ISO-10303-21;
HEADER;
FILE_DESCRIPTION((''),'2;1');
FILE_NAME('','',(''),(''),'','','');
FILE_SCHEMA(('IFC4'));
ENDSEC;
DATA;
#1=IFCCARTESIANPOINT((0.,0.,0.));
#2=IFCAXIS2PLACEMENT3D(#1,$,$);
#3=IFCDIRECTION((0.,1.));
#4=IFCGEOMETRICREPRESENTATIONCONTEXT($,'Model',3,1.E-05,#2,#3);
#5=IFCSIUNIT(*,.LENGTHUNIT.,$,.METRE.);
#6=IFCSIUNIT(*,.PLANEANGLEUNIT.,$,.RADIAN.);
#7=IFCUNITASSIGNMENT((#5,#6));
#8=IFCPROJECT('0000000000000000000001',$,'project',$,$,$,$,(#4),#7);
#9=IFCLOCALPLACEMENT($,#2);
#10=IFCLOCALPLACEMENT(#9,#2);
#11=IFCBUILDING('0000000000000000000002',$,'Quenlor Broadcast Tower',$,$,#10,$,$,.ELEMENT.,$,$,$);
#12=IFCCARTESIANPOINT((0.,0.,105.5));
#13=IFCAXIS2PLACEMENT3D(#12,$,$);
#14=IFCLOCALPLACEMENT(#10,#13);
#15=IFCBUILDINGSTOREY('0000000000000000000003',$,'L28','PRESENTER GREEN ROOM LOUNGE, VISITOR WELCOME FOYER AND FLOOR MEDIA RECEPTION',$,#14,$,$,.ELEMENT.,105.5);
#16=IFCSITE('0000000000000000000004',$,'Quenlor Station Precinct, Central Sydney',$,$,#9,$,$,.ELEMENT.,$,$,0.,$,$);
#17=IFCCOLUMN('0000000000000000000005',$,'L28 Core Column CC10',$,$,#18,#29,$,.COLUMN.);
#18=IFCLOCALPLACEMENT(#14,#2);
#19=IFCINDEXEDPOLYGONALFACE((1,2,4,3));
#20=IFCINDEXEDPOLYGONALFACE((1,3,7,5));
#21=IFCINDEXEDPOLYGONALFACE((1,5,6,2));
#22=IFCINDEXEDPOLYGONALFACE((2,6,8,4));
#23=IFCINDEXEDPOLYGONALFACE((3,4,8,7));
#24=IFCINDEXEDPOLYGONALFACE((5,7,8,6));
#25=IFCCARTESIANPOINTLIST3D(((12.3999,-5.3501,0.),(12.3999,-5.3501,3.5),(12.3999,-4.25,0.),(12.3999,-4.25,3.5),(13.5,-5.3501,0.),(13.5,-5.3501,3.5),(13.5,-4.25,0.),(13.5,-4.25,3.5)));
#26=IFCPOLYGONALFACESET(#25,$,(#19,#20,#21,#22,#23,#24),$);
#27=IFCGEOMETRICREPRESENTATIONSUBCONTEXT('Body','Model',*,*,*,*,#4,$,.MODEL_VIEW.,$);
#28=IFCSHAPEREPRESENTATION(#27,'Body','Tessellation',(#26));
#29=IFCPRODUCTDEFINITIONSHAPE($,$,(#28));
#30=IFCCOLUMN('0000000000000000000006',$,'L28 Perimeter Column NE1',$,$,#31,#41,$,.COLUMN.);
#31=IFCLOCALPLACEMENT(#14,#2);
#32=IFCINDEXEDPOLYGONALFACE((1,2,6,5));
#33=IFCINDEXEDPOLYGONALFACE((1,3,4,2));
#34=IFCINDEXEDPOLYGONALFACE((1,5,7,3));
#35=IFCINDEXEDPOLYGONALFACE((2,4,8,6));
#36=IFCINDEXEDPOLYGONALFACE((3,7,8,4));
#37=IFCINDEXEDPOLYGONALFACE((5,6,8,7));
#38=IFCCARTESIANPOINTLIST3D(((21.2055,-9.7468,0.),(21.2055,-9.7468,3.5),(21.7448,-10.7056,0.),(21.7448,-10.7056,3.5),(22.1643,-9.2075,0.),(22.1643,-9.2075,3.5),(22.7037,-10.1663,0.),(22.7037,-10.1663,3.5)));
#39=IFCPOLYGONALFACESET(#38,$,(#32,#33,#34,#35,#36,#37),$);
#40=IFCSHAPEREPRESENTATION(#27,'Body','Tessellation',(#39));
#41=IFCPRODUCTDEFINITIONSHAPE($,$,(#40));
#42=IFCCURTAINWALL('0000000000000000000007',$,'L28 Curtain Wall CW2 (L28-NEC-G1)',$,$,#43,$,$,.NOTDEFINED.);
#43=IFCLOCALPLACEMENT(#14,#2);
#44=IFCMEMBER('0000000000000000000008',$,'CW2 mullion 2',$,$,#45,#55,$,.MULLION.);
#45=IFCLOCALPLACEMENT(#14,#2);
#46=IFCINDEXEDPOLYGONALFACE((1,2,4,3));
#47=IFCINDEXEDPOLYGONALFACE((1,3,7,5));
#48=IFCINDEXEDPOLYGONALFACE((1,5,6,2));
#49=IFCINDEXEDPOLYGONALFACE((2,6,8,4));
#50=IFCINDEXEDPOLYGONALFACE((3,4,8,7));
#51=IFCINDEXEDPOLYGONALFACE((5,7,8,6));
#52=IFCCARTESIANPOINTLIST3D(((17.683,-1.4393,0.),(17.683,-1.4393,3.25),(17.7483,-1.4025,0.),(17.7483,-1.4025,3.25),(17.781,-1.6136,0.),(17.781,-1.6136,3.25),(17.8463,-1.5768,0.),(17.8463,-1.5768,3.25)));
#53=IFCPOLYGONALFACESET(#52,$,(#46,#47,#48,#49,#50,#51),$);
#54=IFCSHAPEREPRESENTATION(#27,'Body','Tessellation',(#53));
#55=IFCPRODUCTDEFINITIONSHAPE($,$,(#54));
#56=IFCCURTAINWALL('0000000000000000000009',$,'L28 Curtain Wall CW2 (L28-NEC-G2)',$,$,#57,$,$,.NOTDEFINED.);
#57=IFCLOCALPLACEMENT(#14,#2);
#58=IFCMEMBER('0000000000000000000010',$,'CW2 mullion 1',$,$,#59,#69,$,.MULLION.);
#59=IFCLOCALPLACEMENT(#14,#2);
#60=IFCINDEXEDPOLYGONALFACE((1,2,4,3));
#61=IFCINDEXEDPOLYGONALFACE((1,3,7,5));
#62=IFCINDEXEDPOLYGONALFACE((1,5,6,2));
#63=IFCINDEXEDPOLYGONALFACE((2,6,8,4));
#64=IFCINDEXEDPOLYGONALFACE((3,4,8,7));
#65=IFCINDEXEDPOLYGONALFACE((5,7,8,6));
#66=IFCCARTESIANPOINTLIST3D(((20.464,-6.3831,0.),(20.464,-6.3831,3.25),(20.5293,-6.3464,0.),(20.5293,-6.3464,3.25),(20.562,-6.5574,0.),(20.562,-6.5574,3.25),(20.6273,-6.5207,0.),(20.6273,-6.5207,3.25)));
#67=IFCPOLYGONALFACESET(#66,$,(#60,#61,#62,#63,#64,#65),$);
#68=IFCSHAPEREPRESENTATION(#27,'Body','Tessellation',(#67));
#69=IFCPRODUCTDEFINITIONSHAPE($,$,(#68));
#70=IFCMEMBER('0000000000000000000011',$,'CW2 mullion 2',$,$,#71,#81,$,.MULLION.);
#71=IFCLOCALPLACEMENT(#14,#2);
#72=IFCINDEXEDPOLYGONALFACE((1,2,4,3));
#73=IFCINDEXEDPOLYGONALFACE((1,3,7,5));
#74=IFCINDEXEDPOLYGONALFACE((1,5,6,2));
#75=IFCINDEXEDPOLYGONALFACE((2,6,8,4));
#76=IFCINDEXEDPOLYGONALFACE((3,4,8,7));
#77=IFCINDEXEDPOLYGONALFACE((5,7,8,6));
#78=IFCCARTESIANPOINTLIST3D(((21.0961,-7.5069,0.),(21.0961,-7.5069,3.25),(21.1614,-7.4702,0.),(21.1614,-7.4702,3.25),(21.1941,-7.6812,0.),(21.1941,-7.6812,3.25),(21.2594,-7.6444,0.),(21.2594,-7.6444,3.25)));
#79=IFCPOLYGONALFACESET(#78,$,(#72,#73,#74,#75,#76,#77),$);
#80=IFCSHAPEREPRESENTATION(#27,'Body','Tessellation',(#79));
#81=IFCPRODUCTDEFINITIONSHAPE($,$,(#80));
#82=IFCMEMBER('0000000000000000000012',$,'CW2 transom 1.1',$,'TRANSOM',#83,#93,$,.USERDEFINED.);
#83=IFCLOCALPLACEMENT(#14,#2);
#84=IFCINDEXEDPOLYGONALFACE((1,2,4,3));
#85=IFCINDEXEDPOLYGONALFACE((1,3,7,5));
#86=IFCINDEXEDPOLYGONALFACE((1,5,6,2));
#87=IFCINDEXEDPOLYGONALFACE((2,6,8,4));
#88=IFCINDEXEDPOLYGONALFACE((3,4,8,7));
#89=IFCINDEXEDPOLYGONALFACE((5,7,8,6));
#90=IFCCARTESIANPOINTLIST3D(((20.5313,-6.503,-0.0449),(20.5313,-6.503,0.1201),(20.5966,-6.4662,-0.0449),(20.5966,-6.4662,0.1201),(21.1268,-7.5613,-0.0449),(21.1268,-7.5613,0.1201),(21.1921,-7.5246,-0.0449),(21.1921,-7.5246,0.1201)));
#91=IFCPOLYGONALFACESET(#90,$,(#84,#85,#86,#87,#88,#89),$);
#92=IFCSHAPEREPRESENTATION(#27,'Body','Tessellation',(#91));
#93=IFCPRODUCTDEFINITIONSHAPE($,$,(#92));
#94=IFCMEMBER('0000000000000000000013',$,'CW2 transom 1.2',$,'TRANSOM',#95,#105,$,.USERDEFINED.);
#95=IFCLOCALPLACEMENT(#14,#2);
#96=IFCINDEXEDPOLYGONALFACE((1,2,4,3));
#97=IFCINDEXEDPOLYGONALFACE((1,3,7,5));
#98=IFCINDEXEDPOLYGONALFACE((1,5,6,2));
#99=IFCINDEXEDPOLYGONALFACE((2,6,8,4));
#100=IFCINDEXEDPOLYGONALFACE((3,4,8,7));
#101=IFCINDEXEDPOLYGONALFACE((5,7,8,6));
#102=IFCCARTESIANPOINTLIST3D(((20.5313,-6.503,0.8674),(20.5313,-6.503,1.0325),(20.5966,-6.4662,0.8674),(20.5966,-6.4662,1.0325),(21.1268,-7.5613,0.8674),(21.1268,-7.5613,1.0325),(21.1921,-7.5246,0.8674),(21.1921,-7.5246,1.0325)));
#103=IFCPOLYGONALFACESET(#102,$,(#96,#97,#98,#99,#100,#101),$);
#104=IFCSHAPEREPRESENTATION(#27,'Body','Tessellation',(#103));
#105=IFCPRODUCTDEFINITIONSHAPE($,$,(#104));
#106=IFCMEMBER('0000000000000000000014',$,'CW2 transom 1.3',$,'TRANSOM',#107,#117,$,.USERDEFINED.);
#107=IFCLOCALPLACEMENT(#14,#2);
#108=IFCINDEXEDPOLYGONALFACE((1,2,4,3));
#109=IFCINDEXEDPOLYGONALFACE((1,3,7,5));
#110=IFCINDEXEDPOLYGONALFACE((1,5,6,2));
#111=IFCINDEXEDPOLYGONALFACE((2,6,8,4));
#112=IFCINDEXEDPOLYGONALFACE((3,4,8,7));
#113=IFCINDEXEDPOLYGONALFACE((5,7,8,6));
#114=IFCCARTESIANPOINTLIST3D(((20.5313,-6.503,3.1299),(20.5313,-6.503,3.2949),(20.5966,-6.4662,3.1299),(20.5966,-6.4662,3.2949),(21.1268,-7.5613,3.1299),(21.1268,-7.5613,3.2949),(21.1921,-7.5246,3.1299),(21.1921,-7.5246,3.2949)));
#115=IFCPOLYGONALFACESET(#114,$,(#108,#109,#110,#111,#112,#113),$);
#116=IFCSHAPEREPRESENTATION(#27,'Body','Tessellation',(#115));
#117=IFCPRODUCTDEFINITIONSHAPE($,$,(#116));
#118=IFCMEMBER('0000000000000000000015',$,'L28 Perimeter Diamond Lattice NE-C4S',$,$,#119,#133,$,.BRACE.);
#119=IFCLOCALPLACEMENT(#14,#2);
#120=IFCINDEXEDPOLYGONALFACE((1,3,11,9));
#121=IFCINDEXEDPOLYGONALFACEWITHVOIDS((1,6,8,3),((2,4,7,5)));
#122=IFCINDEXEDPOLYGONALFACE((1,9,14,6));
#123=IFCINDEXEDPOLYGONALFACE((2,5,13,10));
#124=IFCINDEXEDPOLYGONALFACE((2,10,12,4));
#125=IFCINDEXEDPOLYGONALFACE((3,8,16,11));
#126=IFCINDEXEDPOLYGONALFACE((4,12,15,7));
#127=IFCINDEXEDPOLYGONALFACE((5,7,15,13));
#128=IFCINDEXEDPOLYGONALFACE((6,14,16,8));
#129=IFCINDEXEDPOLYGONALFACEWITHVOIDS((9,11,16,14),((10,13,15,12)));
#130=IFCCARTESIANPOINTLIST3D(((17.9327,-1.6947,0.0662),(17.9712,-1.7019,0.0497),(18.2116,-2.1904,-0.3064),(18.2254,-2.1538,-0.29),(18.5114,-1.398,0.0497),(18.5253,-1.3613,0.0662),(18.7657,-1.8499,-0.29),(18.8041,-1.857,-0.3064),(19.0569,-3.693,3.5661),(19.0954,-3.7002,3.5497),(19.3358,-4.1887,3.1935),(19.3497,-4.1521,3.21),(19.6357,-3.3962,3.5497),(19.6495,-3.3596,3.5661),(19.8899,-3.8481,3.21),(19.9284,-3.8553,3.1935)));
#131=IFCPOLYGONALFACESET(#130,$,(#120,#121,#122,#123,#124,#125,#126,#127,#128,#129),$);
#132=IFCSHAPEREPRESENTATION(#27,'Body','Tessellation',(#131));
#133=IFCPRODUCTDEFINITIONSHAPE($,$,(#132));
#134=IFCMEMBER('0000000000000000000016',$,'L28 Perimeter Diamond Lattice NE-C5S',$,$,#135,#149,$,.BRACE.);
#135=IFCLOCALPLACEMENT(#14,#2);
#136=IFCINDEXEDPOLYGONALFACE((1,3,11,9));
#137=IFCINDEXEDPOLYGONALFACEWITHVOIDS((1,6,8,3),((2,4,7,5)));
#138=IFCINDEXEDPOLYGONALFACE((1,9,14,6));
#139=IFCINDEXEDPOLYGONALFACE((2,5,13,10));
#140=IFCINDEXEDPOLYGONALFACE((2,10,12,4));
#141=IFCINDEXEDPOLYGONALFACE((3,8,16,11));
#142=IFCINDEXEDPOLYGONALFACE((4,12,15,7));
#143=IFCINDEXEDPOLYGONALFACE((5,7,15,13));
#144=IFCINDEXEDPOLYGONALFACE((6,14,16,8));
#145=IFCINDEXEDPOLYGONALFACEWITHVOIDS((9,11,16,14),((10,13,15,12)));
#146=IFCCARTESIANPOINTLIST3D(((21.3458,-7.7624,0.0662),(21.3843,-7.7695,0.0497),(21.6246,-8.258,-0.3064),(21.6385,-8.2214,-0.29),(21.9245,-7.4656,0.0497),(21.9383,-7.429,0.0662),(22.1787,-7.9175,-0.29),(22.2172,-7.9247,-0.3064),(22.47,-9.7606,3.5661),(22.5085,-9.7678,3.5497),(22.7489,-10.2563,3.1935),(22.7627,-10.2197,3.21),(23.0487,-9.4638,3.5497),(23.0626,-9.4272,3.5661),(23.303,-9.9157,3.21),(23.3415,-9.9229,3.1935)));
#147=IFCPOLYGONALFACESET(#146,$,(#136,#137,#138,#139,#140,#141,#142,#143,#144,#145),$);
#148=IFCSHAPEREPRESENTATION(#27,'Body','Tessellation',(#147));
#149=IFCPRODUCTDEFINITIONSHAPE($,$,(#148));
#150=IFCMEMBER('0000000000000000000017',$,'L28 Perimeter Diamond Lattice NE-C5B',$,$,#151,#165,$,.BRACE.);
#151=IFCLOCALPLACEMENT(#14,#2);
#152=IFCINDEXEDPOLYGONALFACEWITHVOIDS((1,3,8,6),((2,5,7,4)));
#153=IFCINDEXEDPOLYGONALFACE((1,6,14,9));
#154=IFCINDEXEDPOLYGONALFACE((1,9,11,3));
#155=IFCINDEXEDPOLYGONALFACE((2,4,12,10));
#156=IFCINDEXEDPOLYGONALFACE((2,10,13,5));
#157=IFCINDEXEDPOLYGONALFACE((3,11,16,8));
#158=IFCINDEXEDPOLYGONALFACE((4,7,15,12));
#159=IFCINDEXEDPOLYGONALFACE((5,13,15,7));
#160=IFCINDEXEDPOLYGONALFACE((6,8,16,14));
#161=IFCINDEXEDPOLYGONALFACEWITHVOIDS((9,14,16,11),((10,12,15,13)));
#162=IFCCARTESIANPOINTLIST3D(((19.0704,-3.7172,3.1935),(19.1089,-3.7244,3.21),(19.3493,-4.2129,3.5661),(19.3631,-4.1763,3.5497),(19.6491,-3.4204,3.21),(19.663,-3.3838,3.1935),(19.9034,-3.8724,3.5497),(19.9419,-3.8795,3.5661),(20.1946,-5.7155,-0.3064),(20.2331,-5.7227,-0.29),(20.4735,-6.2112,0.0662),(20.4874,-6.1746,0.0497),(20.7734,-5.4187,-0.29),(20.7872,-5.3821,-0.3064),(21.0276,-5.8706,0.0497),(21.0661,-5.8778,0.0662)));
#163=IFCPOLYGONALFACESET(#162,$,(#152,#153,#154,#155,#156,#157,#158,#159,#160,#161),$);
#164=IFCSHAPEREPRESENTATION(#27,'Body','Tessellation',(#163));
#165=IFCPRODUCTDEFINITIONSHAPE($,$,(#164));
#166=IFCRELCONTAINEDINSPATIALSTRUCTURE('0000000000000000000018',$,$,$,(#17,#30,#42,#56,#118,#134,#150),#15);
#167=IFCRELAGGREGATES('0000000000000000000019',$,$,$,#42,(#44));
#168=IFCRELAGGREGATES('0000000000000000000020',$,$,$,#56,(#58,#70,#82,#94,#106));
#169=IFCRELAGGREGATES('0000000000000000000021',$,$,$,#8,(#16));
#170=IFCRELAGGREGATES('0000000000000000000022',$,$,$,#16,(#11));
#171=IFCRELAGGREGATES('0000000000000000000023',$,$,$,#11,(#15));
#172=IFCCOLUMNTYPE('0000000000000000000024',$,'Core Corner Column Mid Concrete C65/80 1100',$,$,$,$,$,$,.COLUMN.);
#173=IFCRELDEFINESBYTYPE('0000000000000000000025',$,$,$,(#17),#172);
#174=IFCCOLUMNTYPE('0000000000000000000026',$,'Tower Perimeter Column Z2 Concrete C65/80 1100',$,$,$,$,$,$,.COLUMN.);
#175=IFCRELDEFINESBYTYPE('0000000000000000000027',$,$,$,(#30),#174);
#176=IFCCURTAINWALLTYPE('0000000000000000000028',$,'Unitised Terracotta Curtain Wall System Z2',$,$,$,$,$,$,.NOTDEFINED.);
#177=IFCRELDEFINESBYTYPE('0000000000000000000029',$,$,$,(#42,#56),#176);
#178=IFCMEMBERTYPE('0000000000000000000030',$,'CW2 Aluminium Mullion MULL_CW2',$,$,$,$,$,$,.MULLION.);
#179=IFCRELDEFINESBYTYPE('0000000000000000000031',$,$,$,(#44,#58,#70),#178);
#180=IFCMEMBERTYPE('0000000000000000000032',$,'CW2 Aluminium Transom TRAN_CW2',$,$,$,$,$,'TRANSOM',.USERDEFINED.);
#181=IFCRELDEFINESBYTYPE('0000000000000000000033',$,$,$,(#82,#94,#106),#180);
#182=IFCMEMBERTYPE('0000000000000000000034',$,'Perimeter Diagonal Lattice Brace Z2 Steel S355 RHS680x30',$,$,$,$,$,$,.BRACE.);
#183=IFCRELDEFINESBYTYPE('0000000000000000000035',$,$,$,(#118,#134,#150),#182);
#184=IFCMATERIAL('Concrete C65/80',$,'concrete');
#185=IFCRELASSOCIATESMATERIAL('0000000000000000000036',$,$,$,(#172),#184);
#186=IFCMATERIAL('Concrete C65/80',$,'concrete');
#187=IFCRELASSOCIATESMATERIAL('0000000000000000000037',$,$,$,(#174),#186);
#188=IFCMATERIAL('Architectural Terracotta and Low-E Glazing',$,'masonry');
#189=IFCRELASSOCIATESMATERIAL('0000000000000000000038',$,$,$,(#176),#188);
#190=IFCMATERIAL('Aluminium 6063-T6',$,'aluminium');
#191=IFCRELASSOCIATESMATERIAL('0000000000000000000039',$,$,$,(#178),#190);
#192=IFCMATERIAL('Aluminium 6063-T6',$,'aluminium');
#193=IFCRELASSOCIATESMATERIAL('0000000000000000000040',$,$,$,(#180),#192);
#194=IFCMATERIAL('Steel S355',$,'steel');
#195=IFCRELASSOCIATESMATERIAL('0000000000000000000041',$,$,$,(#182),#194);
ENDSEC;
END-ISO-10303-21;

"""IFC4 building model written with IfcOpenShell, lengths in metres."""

from ifc_helpers import new_model, si_unit, direction, frame, origin, origin_2d, place, context, subcontext, project, spatial, rectangle, hollow_rectangle, extrude, material, material_profile, profile_set, type_object, element, aggregate, save


model = new_model("IFC4")

# Units and contexts
model_context = context("Model", 3, precision=1e-05, world=origin(), true_north=direction((0.0, 1.0)))
body_context = subcontext(model_context, "Body", "Model", "MODEL_VIEW")
ifc_project = project(units=[si_unit("LENGTHUNIT", "METRE"), si_unit("PLANEANGLEUNIT", "RADIAN")], contexts=[model_context])

# Site, building, storey
site_placement = place(None, origin())
site = spatial("IfcSite", under=ifc_project, at=site_placement, Name="Quenlor Station Precinct, Central Sydney", CompositionType="ELEMENT", RefElevation=0.0)
building_placement = place(site_placement, origin())
building = spatial("IfcBuilding", under=site, at=building_placement, Name="Quenlor Broadcast Tower", CompositionType="ELEMENT")
storey_placement = place(building_placement, frame((0.0, 0.0, 105.5)))
storey = spatial("IfcBuildingStorey", under=building, at=storey_placement, Name="L28", Description="PRESENTER GREEN ROOM LOUNGE, VISITOR WELCOME FOYER AND FLOOR MEDIA RECEPTION", CompositionType="ELEMENT", Elevation=105.5)

# Columns
ifc_material_1 = material(Name="Concrete C65/80", Category="concrete")
ifc_material_profile_1 = material_profile(ifc_material_1, rectangle(XDim=1.1001, YDim=1.1001, at=origin_2d()))
ifc_profile_set_1 = profile_set([ifc_material_profile_1], Name="Concrete C65/80 RC1100x1100")
column_type_1 = type_object("IfcColumnType", Name="Core Corner Column Mid Concrete C65/80 1100", PredefinedType="COLUMN", material=ifc_profile_set_1)
column_1_placement = place(storey_placement, frame((12.95, -4.8, 0.0), z_axis=(0.0, 0.0, 1.0), x_axis=(1.0, 0.0, 0.0)))
element("IfcColumn", 1, at=column_1_placement, inside=storey, type_object=column_type_1, Name="L28 Core Column CC10", PredefinedType="COLUMN", context=body_context, shape_type="SweptSolid", body=[
    extrude(rectangle(XDim=1.1001, YDim=1.1001, at=origin_2d()), origin(), (0.0, 0.0, 1.0), 3.5),
])
ifc_material_2 = material(Name="Concrete C65/80", Category="concrete")
ifc_material_profile_2 = material_profile(ifc_material_2, rectangle(XDim=1.1001, YDim=1.1001, at=origin_2d()))
ifc_profile_set_2 = profile_set([ifc_material_profile_2], Name="Concrete C65/80 RC1100x1100")
column_type_2 = type_object("IfcColumnType", Name="Tower Perimeter Column Z2 Concrete C65/80 1100", PredefinedType="COLUMN", material=ifc_profile_set_2)
column_2_placement = place(storey_placement, frame((21.9546, -9.9565, 0.0), z_axis=(0.0, 0.0, 1.0), x_axis=(0.871575, 0.490262, 0.0)))
element("IfcColumn", 2, at=column_2_placement, inside=storey, type_object=column_type_2, Name="L28 Perimeter Column NE1", PredefinedType="COLUMN", context=body_context, shape_type="SweptSolid", body=[
    extrude(rectangle(XDim=1.1001, YDim=1.1001, at=origin_2d()), origin(), (0.0, 0.0, 1.0), 3.5),
])

# Curtain wall, member
ifc_material_3 = material(Name="Architectural Terracotta and Low-E Glazing", Category="masonry")
curtain_wall_type = type_object("IfcCurtainWallType", Name="Unitised Terracotta Curtain Wall System Z2", PredefinedType="NOTDEFINED", material=ifc_material_3)
curtain_wall_1_placement = place(storey_placement, origin())
curtain_wall_1 = element("IfcCurtainWall", 3, at=curtain_wall_1_placement, inside=storey, type_object=curtain_wall_type, Name="L28 Curtain Wall CW2 (L28-NEC-G1)", PredefinedType="NOTDEFINED")
ifc_material_4 = material(Name="Aluminium 6063-T6", Category="aluminium")
ifc_material_profile_3 = material_profile(ifc_material_4, rectangle(XDim=0.075, YDim=0.2, at=origin_2d()))
ifc_profile_set_3 = profile_set([ifc_material_profile_3], Name="Aluminium 6063-T6 MULL75x200")
member_type_1 = type_object("IfcMemberType", Name="CW2 Aluminium Mullion MULL_CW2", PredefinedType="MULLION", material=ifc_profile_set_3)
member_1_placement = place(storey_placement, frame((17.7646, -1.5081, 0.0), z_axis=(0.0, 0.0, 1.0), x_axis=(0.871581, 0.490252, 0.0)))
member_1 = element("IfcMember", 4, at=member_1_placement, type_object=member_type_1, Name="CW2 mullion 2", PredefinedType="MULLION", context=body_context, shape_type="SweptSolid", body=[
    extrude(rectangle(XDim=0.075, YDim=0.2, at=origin_2d()), origin(), (0.0, 0.0, 1.0), 3.25),
])
aggregate(curtain_wall_1, [member_1])

# Curtain wall, members
curtain_wall_2_placement = place(storey_placement, origin())
curtain_wall_2 = element("IfcCurtainWall", 5, at=curtain_wall_2_placement, inside=storey, type_object=curtain_wall_type, Name="L28 Curtain Wall CW2 (L28-NEC-G2)", PredefinedType="NOTDEFINED")
member_2_placement = place(storey_placement, frame((20.5457, -6.4519, 0.0), z_axis=(0.0, 0.0, 1.0), x_axis=(0.871566, 0.490279, 0.0)))
member_2 = element("IfcMember", 6, at=member_2_placement, type_object=member_type_1, Name="CW2 mullion 1", PredefinedType="MULLION", context=body_context, shape_type="SweptSolid", body=[
    extrude(rectangle(XDim=0.075, YDim=0.2, at=origin_2d()), origin(), (0.0, 0.0, 1.0), 3.25),
])
member_3_placement = place(storey_placement, frame((21.1777, -7.5757, 0.0), z_axis=(0.0, 0.0, 1.0), x_axis=(0.871566, 0.490279, 0.0)))
member_3 = element("IfcMember", 7, at=member_3_placement, type_object=member_type_1, Name="CW2 mullion 2", PredefinedType="MULLION", context=body_context, shape_type="SweptSolid", body=[
    extrude(rectangle(XDim=0.075, YDim=0.2, at=origin_2d()), origin(), (0.0, 0.0, 1.0), 3.25),
])
ifc_material_5 = material(Name="Aluminium 6063-T6", Category="aluminium")
ifc_material_profile_4 = material_profile(ifc_material_5, rectangle(XDim=0.075, YDim=0.165, at=origin_2d()))
ifc_profile_set_4 = profile_set([ifc_material_profile_4], Name="Aluminium 6063-T6 TRAN75x165")
member_type_2 = type_object("IfcMemberType", Name="CW2 Aluminium Transom TRAN_CW2", ElementType="TRANSOM", PredefinedType="USERDEFINED", material=ifc_profile_set_4)
member_4_placement = place(storey_placement, frame((20.564, -6.4846, 0.0376), z_axis=(0.490347, -0.871527, 0.0), x_axis=(0.871527, 0.490347, 0.0)))
member_4 = element("IfcMember", 8, at=member_4_placement, type_object=member_type_2, Name="CW2 transom 1.1", ObjectType="TRANSOM", PredefinedType="USERDEFINED", context=body_context, shape_type="SweptSolid", body=[
    extrude(rectangle(XDim=0.075, YDim=0.165, at=origin_2d()), origin(), (0.0, 0.0, 1.0), 1.2144),
])
member_5_placement = place(storey_placement, frame((20.564, -6.4846, 0.95), z_axis=(0.490347, -0.871527, 0.0), x_axis=(0.871527, 0.490347, 0.0)))
member_5 = element("IfcMember", 9, at=member_5_placement, type_object=member_type_2, Name="CW2 transom 1.2", ObjectType="TRANSOM", PredefinedType="USERDEFINED", context=body_context, shape_type="SweptSolid", body=[
    extrude(rectangle(XDim=0.075, YDim=0.165, at=origin_2d()), origin(), (0.0, 0.0, 1.0), 1.2144),
])
member_6_placement = place(storey_placement, frame((20.564, -6.4846, 3.2124), z_axis=(0.490347, -0.871527, 0.0), x_axis=(0.871527, 0.490347, 0.0)))
member_6 = element("IfcMember", 10, at=member_6_placement, type_object=member_type_2, Name="CW2 transom 1.3", ObjectType="TRANSOM", PredefinedType="USERDEFINED", context=body_context, shape_type="SweptSolid", body=[
    extrude(rectangle(XDim=0.075, YDim=0.165, at=origin_2d()), origin(), (0.0, 0.0, 1.0), 1.2144),
])

# Members
ifc_material_6 = material(Name="Steel S355", Category="steel")
ifc_material_profile_5 = material_profile(ifc_material_6, hollow_rectangle(XDim=0.6799, YDim=0.6799, WallThickness=0.03, at=origin_2d()))
ifc_profile_set_5 = profile_set([ifc_material_profile_5], Name="Steel S355 RHS680x680x30")
member_type_3 = type_object("IfcMemberType", Name="Perimeter Diagonal Lattice Brace Z2 Steel S355 RHS680x30", PredefinedType="BRACE", material=ifc_profile_set_5)
for number, where, z_axis, x_axis, name in (
    (11, (18.3684, -1.7759, -0.1201), (0.268697, -0.477585, 0.836489), (0.871533, 0.490337, 0.0), "L28 Perimeter Diamond Lattice NE-C4S"),
    (12, (21.7815, -7.8435, -0.1201), (0.268697, -0.477585, 0.836489), (0.871533, 0.490337, 0.0), "L28 Perimeter Diamond Lattice NE-C5S"),
    (13, (20.6304, -5.7966, -0.1201), (-0.268697, 0.477585, 0.836489), (-0.871533, -0.490337, 0.0), "L28 Perimeter Diamond Lattice NE-C5B"),
):
    element("IfcMember", number, at=place(storey_placement, frame(where, z_axis=z_axis, x_axis=x_axis)), inside=storey, type_object=member_type_3, Name=name, PredefinedType="BRACE", context=body_context, shape_type="SweptSolid", body=[
        extrude(hollow_rectangle(XDim=0.6799, YDim=0.6799, WallThickness=0.03, at=origin_2d()), origin(), (0.0, 0.0, 1.0), 4.1841),
    ])

aggregate(curtain_wall_2, [member_2, member_3, member_4, member_5, member_6])

save(model, "model.ifc")
